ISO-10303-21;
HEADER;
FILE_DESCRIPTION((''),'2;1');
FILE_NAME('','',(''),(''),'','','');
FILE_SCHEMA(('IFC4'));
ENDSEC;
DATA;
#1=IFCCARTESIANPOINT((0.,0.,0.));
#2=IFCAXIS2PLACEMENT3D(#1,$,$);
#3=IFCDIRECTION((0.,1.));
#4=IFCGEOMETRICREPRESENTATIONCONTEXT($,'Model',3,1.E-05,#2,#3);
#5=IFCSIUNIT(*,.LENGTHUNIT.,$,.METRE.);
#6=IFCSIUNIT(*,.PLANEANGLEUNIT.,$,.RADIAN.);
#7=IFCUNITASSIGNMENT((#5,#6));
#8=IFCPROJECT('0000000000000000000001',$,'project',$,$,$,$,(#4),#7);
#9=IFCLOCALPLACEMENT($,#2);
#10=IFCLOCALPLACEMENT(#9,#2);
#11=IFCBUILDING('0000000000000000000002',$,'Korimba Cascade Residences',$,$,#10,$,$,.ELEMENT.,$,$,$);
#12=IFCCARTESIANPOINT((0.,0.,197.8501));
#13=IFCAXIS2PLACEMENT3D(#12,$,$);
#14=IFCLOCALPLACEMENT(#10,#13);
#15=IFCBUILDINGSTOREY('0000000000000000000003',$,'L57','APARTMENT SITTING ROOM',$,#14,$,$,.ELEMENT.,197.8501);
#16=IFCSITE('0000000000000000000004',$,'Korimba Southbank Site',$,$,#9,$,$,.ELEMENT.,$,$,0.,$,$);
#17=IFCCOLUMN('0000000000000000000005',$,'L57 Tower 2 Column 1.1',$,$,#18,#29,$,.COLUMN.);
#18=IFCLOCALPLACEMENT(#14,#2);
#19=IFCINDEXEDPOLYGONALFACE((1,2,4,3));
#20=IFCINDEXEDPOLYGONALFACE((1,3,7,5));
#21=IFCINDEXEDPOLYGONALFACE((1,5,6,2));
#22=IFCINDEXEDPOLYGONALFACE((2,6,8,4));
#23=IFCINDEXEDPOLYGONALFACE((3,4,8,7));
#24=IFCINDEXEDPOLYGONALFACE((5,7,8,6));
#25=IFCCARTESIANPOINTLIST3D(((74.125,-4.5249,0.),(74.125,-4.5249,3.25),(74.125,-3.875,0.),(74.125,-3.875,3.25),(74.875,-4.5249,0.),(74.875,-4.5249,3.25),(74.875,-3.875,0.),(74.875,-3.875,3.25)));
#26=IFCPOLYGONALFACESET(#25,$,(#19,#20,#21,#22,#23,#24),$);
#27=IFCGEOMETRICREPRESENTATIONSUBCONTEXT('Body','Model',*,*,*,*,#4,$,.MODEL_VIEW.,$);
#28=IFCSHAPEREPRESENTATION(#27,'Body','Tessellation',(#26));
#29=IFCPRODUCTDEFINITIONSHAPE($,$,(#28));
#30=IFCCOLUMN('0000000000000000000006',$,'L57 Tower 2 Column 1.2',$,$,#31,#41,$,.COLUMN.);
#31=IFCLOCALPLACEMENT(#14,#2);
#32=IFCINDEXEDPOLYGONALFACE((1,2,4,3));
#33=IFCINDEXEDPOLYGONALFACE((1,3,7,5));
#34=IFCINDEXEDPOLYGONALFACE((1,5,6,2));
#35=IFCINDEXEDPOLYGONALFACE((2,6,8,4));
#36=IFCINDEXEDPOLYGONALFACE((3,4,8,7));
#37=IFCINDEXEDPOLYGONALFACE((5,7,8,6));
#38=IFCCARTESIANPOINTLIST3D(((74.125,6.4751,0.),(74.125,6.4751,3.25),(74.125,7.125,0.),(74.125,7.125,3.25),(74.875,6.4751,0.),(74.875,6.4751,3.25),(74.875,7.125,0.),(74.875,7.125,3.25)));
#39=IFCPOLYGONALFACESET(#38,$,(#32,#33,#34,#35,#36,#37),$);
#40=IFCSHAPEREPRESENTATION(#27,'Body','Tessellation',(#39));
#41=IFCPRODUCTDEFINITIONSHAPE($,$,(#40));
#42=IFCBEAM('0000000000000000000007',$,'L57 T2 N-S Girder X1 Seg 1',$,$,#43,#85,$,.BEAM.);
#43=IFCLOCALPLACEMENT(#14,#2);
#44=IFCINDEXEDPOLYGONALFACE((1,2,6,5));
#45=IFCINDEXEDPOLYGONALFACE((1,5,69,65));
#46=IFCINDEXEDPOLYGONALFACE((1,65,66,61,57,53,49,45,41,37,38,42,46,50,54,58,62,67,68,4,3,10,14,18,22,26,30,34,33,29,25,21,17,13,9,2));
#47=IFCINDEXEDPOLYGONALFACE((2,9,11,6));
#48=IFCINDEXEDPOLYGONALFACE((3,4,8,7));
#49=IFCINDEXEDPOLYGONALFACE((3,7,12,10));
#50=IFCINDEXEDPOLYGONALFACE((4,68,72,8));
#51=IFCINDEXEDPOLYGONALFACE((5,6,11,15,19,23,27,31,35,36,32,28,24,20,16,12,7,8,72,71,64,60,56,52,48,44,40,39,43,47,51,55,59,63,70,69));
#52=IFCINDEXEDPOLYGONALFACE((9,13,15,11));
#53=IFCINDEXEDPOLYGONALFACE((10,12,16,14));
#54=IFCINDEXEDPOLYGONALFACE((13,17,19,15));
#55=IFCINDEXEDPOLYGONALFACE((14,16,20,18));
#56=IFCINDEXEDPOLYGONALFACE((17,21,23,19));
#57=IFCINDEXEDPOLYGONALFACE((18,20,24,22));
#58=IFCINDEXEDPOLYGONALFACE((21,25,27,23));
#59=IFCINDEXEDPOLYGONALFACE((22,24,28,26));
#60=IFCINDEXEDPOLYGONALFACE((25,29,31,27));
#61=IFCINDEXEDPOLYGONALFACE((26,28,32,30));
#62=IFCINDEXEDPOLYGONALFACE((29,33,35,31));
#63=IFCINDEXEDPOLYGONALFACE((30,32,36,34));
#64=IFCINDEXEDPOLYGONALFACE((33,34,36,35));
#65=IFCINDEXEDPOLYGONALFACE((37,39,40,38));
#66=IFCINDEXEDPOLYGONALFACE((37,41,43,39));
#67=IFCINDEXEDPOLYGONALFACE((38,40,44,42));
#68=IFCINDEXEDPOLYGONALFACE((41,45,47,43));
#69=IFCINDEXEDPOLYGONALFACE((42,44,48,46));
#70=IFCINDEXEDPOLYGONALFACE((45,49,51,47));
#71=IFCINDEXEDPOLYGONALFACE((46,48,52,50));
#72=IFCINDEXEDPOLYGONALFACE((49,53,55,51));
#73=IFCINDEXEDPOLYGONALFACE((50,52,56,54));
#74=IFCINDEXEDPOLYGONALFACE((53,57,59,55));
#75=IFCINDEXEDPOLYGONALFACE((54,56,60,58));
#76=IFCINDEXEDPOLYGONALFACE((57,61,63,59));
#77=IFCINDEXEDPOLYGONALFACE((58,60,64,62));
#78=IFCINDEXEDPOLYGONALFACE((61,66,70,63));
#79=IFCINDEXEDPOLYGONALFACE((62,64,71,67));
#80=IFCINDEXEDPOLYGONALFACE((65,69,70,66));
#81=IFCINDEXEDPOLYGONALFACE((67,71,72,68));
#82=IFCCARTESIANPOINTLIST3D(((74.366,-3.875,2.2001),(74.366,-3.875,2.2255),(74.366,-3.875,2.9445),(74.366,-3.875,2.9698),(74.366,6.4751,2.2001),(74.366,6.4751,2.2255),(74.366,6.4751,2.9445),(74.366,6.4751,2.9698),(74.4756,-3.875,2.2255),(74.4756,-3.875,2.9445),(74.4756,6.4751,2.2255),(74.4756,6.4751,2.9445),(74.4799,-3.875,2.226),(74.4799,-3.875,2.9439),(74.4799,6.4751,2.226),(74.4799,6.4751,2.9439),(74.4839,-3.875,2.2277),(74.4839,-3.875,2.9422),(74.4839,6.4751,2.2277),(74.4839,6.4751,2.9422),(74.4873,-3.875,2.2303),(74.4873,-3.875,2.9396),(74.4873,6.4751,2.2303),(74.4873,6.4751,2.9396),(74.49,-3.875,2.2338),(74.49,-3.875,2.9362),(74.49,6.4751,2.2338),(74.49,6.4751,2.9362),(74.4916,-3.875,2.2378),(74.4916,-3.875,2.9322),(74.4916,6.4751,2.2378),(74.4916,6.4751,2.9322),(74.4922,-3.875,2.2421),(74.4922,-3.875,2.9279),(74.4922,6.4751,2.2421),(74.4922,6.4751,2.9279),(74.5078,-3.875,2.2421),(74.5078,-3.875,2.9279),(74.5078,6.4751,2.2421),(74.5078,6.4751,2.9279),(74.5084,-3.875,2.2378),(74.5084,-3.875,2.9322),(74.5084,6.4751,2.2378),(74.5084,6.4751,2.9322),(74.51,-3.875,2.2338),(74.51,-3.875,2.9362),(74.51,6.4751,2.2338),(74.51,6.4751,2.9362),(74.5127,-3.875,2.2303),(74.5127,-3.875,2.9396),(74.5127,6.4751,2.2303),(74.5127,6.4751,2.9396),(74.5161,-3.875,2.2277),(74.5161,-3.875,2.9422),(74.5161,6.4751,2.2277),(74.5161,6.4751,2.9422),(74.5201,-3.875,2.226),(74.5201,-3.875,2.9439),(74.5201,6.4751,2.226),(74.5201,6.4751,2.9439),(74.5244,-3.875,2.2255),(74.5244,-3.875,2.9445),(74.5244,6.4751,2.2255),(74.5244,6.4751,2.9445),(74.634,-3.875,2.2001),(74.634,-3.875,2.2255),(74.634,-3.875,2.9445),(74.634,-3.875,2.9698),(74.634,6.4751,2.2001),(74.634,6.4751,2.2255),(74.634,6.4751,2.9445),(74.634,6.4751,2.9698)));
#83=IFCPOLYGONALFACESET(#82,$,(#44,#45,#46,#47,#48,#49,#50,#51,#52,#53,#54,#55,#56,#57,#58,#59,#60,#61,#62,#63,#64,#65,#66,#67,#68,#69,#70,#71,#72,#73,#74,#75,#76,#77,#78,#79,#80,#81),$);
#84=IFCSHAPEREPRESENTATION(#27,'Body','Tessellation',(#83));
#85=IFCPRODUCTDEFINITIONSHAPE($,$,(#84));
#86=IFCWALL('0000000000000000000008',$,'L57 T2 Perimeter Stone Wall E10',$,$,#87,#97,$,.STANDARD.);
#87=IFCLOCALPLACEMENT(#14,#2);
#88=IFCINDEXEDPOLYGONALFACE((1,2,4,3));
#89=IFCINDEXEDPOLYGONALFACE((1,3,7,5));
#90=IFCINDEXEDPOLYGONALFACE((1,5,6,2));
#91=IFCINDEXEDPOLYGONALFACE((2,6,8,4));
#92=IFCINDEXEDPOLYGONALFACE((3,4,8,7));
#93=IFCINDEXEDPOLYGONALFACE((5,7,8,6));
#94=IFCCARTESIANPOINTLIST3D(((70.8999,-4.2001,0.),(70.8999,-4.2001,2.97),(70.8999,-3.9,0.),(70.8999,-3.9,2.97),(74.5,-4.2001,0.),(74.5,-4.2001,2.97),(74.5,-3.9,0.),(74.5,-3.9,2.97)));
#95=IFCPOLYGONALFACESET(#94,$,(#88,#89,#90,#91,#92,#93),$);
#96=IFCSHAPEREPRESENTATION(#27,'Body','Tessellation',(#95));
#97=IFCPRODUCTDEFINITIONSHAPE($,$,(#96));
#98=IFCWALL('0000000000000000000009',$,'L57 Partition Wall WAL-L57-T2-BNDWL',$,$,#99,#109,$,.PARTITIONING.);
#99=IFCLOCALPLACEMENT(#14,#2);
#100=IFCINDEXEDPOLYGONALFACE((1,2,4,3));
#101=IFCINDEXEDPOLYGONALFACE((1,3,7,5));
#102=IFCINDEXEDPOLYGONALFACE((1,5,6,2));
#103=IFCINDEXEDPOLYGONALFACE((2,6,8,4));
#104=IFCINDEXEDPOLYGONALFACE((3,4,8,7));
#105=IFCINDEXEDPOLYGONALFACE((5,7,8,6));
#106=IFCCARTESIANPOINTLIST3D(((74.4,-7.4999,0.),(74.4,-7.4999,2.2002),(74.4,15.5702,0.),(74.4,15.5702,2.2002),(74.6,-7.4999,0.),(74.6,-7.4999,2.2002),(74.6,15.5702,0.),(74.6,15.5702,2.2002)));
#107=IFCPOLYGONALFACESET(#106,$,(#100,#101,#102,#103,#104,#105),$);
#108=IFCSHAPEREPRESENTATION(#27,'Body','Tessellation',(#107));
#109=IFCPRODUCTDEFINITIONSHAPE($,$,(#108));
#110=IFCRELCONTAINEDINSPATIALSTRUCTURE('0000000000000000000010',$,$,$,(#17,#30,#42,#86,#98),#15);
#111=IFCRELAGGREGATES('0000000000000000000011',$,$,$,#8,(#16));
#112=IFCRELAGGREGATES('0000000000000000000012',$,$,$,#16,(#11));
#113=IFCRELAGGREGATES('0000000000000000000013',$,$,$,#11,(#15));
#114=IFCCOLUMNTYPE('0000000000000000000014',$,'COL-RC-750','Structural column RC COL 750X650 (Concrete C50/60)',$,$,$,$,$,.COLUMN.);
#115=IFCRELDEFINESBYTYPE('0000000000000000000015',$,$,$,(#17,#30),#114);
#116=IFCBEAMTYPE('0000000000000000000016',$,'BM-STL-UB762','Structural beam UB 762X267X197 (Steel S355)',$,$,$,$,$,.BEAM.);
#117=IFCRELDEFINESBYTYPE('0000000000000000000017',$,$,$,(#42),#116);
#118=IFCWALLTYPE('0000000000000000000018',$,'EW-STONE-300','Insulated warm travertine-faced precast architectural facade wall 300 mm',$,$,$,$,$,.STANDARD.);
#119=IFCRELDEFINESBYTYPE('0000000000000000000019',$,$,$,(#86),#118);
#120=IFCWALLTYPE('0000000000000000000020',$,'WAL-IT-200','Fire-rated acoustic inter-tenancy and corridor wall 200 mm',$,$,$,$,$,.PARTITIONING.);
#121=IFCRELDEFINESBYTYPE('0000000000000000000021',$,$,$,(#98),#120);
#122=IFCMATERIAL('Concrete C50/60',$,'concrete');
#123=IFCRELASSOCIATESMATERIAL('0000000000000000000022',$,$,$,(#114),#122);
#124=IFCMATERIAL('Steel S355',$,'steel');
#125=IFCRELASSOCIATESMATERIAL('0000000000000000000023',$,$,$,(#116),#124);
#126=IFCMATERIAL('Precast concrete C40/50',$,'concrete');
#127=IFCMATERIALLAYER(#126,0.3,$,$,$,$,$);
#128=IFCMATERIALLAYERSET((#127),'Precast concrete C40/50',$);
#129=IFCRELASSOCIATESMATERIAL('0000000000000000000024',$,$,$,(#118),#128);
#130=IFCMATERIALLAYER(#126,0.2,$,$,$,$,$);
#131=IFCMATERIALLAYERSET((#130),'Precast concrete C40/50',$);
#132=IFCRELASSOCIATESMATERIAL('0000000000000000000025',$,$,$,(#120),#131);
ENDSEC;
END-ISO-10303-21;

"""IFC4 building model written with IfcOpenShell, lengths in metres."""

from ifc_helpers import new_model, si_unit, direction, frame, frame_2d, origin, origin_2d, place, context, subcontext, project, spatial, rectangle, i_section, extrude, material, layer, layer_set, material_profile, profile_set, type_object, element, save


model = new_model("IFC4")

# Units and contexts
model_context = context("Model", 3, precision=1e-05, world=origin(), true_north=direction((0.0, 1.0)))
body_context = subcontext(model_context, "Body", "Model", "MODEL_VIEW")
ifc_project = project(units=[si_unit("LENGTHUNIT", "METRE"), si_unit("PLANEANGLEUNIT", "RADIAN")], contexts=[model_context])

# Site, building, storey
site_placement = place(None, origin())
site = spatial("IfcSite", under=ifc_project, at=site_placement, Name="Korimba Southbank Site", CompositionType="ELEMENT", RefElevation=0.0)
building_placement = place(site_placement, origin())
building = spatial("IfcBuilding", under=site, at=building_placement, Name="Korimba Cascade Residences", CompositionType="ELEMENT")
storey_placement = place(building_placement, frame((0.0, 0.0, 197.8501)))
storey = spatial("IfcBuildingStorey", under=building, at=storey_placement, Name="L57", Description="APARTMENT SITTING ROOM", CompositionType="ELEMENT", Elevation=197.8501)

# Columns
ifc_material_1 = material(Name="Concrete C50/60", Category="concrete")
ifc_material_profile_1 = material_profile(ifc_material_1, rectangle(XDim=0.75, YDim=0.6499, at=origin_2d()), Name="Concrete C50/60")
ifc_profile_set_1 = profile_set([ifc_material_profile_1], Name="Concrete C50/60")
column_type = type_object("IfcColumnType", Name="COL-RC-750", Description="Structural column RC COL 750X650 (Concrete C50/60)", PredefinedType="COLUMN", material=ifc_profile_set_1)
for number, where, z_axis, x_axis, name in (
    (1, (74.5, -4.2, 0.0), (0.0, 0.0, 1.0), (1.0, 0.0, 0.0), "L57 Tower 2 Column 1.1"),
    (2, (74.5, 6.8, 0.0), (0.0, 0.0, 1.0), (1.0, 0.0, 0.0), "L57 Tower 2 Column 1.2"),
):
    element("IfcColumn", number, at=place(storey_placement, frame(where, z_axis=z_axis, x_axis=x_axis)), inside=storey, type_object=column_type, Name=name, PredefinedType="COLUMN", context=body_context, shape_type="SweptSolid", body=[
        extrude(rectangle(XDim=0.75, YDim=0.6499, at=origin_2d()), origin(), (0.0, 0.0, 1.0), 3.25),
    ])

# Beam
ifc_material_2 = material(Name="Steel S355", Category="steel")
ifc_material_profile_2 = material_profile(ifc_material_2, i_section(OverallWidth=0.2681, OverallDepth=0.7698, WebThickness=0.0156, FlangeThickness=0.0254, FilletRadius=0.0166, at=origin_2d()), Name="Steel S355")
ifc_profile_set_2 = profile_set([ifc_material_profile_2], Name="Steel S355")
beam_type = type_object("IfcBeamType", Name="BM-STL-UB762", Description="Structural beam UB 762X267X197 (Steel S355)", PredefinedType="BEAM", material=ifc_profile_set_2)
beam_placement = place(storey_placement, frame((74.5, -3.875, 2.585), z_axis=(0.0, 1.0, 0.0), x_axis=(-1.0, 0.0, 0.0)))
element("IfcBeam", 3, at=beam_placement, inside=storey, type_object=beam_type, Name="L57 T2 N-S Girder X1 Seg 1", PredefinedType="BEAM", context=body_context, shape_type="SweptSolid", body=[
    extrude(i_section(OverallWidth=0.2681, OverallDepth=0.7698, WebThickness=0.0156, FlangeThickness=0.0254, FilletRadius=0.0166, at=origin_2d()), origin(), (0.0, 0.0, 1.0), 10.3501),
])

# Shared definitions
ifc_material_3 = material(Name="Precast concrete C40/50", Category="concrete")

# Walls
ifc_layer_1 = layer(ifc_material_3, 0.3)
ifc_layer_set_1 = layer_set([ifc_layer_1], Name="Precast concrete C40/50")
wall_type_1 = type_object("IfcWallType", Name="EW-STONE-300", Description="Insulated warm travertine-faced precast architectural facade wall 300 mm", PredefinedType="STANDARD", material=ifc_layer_set_1)
wall_1_placement = place(storey_placement, frame((70.8999, -4.05, 0.0), z_axis=(0.0, 0.0, 1.0), x_axis=(1.0, 0.0, 0.0)))
element("IfcWall", 4, at=wall_1_placement, inside=storey, type_object=wall_type_1, Name="L57 T2 Perimeter Stone Wall E10", PredefinedType="STANDARD", context=body_context, shape_type="SweptSolid", body=[
    extrude(rectangle(XDim=3.6001, YDim=0.3, at=frame_2d((1.8, 0.0))), origin(), (0.0, 0.0, 1.0), 2.97),
])
ifc_layer_2 = layer(ifc_material_3, 0.2)
ifc_layer_set_2 = layer_set([ifc_layer_2], Name="Precast concrete C40/50")
wall_type_2 = type_object("IfcWallType", Name="WAL-IT-200", Description="Fire-rated acoustic inter-tenancy and corridor wall 200 mm", PredefinedType="PARTITIONING", material=ifc_layer_set_2)
wall_2_placement = place(storey_placement, frame((74.5, -7.5, 0.0), z_axis=(0.0, 0.0, 1.0), x_axis=(0.0, 1.0, 0.0)))
element("IfcWall", 5, at=wall_2_placement, inside=storey, type_object=wall_type_2, Name="L57 Partition Wall WAL-L57-T2-BNDWL", PredefinedType="PARTITIONING", context=body_context, shape_type="SweptSolid", body=[
    extrude(rectangle(XDim=23.0701, YDim=0.2, at=frame_2d((11.5352, 0.0))), origin(), (0.0, 0.0, 1.0), 2.2002),
])

save(model, "model.ifc")
